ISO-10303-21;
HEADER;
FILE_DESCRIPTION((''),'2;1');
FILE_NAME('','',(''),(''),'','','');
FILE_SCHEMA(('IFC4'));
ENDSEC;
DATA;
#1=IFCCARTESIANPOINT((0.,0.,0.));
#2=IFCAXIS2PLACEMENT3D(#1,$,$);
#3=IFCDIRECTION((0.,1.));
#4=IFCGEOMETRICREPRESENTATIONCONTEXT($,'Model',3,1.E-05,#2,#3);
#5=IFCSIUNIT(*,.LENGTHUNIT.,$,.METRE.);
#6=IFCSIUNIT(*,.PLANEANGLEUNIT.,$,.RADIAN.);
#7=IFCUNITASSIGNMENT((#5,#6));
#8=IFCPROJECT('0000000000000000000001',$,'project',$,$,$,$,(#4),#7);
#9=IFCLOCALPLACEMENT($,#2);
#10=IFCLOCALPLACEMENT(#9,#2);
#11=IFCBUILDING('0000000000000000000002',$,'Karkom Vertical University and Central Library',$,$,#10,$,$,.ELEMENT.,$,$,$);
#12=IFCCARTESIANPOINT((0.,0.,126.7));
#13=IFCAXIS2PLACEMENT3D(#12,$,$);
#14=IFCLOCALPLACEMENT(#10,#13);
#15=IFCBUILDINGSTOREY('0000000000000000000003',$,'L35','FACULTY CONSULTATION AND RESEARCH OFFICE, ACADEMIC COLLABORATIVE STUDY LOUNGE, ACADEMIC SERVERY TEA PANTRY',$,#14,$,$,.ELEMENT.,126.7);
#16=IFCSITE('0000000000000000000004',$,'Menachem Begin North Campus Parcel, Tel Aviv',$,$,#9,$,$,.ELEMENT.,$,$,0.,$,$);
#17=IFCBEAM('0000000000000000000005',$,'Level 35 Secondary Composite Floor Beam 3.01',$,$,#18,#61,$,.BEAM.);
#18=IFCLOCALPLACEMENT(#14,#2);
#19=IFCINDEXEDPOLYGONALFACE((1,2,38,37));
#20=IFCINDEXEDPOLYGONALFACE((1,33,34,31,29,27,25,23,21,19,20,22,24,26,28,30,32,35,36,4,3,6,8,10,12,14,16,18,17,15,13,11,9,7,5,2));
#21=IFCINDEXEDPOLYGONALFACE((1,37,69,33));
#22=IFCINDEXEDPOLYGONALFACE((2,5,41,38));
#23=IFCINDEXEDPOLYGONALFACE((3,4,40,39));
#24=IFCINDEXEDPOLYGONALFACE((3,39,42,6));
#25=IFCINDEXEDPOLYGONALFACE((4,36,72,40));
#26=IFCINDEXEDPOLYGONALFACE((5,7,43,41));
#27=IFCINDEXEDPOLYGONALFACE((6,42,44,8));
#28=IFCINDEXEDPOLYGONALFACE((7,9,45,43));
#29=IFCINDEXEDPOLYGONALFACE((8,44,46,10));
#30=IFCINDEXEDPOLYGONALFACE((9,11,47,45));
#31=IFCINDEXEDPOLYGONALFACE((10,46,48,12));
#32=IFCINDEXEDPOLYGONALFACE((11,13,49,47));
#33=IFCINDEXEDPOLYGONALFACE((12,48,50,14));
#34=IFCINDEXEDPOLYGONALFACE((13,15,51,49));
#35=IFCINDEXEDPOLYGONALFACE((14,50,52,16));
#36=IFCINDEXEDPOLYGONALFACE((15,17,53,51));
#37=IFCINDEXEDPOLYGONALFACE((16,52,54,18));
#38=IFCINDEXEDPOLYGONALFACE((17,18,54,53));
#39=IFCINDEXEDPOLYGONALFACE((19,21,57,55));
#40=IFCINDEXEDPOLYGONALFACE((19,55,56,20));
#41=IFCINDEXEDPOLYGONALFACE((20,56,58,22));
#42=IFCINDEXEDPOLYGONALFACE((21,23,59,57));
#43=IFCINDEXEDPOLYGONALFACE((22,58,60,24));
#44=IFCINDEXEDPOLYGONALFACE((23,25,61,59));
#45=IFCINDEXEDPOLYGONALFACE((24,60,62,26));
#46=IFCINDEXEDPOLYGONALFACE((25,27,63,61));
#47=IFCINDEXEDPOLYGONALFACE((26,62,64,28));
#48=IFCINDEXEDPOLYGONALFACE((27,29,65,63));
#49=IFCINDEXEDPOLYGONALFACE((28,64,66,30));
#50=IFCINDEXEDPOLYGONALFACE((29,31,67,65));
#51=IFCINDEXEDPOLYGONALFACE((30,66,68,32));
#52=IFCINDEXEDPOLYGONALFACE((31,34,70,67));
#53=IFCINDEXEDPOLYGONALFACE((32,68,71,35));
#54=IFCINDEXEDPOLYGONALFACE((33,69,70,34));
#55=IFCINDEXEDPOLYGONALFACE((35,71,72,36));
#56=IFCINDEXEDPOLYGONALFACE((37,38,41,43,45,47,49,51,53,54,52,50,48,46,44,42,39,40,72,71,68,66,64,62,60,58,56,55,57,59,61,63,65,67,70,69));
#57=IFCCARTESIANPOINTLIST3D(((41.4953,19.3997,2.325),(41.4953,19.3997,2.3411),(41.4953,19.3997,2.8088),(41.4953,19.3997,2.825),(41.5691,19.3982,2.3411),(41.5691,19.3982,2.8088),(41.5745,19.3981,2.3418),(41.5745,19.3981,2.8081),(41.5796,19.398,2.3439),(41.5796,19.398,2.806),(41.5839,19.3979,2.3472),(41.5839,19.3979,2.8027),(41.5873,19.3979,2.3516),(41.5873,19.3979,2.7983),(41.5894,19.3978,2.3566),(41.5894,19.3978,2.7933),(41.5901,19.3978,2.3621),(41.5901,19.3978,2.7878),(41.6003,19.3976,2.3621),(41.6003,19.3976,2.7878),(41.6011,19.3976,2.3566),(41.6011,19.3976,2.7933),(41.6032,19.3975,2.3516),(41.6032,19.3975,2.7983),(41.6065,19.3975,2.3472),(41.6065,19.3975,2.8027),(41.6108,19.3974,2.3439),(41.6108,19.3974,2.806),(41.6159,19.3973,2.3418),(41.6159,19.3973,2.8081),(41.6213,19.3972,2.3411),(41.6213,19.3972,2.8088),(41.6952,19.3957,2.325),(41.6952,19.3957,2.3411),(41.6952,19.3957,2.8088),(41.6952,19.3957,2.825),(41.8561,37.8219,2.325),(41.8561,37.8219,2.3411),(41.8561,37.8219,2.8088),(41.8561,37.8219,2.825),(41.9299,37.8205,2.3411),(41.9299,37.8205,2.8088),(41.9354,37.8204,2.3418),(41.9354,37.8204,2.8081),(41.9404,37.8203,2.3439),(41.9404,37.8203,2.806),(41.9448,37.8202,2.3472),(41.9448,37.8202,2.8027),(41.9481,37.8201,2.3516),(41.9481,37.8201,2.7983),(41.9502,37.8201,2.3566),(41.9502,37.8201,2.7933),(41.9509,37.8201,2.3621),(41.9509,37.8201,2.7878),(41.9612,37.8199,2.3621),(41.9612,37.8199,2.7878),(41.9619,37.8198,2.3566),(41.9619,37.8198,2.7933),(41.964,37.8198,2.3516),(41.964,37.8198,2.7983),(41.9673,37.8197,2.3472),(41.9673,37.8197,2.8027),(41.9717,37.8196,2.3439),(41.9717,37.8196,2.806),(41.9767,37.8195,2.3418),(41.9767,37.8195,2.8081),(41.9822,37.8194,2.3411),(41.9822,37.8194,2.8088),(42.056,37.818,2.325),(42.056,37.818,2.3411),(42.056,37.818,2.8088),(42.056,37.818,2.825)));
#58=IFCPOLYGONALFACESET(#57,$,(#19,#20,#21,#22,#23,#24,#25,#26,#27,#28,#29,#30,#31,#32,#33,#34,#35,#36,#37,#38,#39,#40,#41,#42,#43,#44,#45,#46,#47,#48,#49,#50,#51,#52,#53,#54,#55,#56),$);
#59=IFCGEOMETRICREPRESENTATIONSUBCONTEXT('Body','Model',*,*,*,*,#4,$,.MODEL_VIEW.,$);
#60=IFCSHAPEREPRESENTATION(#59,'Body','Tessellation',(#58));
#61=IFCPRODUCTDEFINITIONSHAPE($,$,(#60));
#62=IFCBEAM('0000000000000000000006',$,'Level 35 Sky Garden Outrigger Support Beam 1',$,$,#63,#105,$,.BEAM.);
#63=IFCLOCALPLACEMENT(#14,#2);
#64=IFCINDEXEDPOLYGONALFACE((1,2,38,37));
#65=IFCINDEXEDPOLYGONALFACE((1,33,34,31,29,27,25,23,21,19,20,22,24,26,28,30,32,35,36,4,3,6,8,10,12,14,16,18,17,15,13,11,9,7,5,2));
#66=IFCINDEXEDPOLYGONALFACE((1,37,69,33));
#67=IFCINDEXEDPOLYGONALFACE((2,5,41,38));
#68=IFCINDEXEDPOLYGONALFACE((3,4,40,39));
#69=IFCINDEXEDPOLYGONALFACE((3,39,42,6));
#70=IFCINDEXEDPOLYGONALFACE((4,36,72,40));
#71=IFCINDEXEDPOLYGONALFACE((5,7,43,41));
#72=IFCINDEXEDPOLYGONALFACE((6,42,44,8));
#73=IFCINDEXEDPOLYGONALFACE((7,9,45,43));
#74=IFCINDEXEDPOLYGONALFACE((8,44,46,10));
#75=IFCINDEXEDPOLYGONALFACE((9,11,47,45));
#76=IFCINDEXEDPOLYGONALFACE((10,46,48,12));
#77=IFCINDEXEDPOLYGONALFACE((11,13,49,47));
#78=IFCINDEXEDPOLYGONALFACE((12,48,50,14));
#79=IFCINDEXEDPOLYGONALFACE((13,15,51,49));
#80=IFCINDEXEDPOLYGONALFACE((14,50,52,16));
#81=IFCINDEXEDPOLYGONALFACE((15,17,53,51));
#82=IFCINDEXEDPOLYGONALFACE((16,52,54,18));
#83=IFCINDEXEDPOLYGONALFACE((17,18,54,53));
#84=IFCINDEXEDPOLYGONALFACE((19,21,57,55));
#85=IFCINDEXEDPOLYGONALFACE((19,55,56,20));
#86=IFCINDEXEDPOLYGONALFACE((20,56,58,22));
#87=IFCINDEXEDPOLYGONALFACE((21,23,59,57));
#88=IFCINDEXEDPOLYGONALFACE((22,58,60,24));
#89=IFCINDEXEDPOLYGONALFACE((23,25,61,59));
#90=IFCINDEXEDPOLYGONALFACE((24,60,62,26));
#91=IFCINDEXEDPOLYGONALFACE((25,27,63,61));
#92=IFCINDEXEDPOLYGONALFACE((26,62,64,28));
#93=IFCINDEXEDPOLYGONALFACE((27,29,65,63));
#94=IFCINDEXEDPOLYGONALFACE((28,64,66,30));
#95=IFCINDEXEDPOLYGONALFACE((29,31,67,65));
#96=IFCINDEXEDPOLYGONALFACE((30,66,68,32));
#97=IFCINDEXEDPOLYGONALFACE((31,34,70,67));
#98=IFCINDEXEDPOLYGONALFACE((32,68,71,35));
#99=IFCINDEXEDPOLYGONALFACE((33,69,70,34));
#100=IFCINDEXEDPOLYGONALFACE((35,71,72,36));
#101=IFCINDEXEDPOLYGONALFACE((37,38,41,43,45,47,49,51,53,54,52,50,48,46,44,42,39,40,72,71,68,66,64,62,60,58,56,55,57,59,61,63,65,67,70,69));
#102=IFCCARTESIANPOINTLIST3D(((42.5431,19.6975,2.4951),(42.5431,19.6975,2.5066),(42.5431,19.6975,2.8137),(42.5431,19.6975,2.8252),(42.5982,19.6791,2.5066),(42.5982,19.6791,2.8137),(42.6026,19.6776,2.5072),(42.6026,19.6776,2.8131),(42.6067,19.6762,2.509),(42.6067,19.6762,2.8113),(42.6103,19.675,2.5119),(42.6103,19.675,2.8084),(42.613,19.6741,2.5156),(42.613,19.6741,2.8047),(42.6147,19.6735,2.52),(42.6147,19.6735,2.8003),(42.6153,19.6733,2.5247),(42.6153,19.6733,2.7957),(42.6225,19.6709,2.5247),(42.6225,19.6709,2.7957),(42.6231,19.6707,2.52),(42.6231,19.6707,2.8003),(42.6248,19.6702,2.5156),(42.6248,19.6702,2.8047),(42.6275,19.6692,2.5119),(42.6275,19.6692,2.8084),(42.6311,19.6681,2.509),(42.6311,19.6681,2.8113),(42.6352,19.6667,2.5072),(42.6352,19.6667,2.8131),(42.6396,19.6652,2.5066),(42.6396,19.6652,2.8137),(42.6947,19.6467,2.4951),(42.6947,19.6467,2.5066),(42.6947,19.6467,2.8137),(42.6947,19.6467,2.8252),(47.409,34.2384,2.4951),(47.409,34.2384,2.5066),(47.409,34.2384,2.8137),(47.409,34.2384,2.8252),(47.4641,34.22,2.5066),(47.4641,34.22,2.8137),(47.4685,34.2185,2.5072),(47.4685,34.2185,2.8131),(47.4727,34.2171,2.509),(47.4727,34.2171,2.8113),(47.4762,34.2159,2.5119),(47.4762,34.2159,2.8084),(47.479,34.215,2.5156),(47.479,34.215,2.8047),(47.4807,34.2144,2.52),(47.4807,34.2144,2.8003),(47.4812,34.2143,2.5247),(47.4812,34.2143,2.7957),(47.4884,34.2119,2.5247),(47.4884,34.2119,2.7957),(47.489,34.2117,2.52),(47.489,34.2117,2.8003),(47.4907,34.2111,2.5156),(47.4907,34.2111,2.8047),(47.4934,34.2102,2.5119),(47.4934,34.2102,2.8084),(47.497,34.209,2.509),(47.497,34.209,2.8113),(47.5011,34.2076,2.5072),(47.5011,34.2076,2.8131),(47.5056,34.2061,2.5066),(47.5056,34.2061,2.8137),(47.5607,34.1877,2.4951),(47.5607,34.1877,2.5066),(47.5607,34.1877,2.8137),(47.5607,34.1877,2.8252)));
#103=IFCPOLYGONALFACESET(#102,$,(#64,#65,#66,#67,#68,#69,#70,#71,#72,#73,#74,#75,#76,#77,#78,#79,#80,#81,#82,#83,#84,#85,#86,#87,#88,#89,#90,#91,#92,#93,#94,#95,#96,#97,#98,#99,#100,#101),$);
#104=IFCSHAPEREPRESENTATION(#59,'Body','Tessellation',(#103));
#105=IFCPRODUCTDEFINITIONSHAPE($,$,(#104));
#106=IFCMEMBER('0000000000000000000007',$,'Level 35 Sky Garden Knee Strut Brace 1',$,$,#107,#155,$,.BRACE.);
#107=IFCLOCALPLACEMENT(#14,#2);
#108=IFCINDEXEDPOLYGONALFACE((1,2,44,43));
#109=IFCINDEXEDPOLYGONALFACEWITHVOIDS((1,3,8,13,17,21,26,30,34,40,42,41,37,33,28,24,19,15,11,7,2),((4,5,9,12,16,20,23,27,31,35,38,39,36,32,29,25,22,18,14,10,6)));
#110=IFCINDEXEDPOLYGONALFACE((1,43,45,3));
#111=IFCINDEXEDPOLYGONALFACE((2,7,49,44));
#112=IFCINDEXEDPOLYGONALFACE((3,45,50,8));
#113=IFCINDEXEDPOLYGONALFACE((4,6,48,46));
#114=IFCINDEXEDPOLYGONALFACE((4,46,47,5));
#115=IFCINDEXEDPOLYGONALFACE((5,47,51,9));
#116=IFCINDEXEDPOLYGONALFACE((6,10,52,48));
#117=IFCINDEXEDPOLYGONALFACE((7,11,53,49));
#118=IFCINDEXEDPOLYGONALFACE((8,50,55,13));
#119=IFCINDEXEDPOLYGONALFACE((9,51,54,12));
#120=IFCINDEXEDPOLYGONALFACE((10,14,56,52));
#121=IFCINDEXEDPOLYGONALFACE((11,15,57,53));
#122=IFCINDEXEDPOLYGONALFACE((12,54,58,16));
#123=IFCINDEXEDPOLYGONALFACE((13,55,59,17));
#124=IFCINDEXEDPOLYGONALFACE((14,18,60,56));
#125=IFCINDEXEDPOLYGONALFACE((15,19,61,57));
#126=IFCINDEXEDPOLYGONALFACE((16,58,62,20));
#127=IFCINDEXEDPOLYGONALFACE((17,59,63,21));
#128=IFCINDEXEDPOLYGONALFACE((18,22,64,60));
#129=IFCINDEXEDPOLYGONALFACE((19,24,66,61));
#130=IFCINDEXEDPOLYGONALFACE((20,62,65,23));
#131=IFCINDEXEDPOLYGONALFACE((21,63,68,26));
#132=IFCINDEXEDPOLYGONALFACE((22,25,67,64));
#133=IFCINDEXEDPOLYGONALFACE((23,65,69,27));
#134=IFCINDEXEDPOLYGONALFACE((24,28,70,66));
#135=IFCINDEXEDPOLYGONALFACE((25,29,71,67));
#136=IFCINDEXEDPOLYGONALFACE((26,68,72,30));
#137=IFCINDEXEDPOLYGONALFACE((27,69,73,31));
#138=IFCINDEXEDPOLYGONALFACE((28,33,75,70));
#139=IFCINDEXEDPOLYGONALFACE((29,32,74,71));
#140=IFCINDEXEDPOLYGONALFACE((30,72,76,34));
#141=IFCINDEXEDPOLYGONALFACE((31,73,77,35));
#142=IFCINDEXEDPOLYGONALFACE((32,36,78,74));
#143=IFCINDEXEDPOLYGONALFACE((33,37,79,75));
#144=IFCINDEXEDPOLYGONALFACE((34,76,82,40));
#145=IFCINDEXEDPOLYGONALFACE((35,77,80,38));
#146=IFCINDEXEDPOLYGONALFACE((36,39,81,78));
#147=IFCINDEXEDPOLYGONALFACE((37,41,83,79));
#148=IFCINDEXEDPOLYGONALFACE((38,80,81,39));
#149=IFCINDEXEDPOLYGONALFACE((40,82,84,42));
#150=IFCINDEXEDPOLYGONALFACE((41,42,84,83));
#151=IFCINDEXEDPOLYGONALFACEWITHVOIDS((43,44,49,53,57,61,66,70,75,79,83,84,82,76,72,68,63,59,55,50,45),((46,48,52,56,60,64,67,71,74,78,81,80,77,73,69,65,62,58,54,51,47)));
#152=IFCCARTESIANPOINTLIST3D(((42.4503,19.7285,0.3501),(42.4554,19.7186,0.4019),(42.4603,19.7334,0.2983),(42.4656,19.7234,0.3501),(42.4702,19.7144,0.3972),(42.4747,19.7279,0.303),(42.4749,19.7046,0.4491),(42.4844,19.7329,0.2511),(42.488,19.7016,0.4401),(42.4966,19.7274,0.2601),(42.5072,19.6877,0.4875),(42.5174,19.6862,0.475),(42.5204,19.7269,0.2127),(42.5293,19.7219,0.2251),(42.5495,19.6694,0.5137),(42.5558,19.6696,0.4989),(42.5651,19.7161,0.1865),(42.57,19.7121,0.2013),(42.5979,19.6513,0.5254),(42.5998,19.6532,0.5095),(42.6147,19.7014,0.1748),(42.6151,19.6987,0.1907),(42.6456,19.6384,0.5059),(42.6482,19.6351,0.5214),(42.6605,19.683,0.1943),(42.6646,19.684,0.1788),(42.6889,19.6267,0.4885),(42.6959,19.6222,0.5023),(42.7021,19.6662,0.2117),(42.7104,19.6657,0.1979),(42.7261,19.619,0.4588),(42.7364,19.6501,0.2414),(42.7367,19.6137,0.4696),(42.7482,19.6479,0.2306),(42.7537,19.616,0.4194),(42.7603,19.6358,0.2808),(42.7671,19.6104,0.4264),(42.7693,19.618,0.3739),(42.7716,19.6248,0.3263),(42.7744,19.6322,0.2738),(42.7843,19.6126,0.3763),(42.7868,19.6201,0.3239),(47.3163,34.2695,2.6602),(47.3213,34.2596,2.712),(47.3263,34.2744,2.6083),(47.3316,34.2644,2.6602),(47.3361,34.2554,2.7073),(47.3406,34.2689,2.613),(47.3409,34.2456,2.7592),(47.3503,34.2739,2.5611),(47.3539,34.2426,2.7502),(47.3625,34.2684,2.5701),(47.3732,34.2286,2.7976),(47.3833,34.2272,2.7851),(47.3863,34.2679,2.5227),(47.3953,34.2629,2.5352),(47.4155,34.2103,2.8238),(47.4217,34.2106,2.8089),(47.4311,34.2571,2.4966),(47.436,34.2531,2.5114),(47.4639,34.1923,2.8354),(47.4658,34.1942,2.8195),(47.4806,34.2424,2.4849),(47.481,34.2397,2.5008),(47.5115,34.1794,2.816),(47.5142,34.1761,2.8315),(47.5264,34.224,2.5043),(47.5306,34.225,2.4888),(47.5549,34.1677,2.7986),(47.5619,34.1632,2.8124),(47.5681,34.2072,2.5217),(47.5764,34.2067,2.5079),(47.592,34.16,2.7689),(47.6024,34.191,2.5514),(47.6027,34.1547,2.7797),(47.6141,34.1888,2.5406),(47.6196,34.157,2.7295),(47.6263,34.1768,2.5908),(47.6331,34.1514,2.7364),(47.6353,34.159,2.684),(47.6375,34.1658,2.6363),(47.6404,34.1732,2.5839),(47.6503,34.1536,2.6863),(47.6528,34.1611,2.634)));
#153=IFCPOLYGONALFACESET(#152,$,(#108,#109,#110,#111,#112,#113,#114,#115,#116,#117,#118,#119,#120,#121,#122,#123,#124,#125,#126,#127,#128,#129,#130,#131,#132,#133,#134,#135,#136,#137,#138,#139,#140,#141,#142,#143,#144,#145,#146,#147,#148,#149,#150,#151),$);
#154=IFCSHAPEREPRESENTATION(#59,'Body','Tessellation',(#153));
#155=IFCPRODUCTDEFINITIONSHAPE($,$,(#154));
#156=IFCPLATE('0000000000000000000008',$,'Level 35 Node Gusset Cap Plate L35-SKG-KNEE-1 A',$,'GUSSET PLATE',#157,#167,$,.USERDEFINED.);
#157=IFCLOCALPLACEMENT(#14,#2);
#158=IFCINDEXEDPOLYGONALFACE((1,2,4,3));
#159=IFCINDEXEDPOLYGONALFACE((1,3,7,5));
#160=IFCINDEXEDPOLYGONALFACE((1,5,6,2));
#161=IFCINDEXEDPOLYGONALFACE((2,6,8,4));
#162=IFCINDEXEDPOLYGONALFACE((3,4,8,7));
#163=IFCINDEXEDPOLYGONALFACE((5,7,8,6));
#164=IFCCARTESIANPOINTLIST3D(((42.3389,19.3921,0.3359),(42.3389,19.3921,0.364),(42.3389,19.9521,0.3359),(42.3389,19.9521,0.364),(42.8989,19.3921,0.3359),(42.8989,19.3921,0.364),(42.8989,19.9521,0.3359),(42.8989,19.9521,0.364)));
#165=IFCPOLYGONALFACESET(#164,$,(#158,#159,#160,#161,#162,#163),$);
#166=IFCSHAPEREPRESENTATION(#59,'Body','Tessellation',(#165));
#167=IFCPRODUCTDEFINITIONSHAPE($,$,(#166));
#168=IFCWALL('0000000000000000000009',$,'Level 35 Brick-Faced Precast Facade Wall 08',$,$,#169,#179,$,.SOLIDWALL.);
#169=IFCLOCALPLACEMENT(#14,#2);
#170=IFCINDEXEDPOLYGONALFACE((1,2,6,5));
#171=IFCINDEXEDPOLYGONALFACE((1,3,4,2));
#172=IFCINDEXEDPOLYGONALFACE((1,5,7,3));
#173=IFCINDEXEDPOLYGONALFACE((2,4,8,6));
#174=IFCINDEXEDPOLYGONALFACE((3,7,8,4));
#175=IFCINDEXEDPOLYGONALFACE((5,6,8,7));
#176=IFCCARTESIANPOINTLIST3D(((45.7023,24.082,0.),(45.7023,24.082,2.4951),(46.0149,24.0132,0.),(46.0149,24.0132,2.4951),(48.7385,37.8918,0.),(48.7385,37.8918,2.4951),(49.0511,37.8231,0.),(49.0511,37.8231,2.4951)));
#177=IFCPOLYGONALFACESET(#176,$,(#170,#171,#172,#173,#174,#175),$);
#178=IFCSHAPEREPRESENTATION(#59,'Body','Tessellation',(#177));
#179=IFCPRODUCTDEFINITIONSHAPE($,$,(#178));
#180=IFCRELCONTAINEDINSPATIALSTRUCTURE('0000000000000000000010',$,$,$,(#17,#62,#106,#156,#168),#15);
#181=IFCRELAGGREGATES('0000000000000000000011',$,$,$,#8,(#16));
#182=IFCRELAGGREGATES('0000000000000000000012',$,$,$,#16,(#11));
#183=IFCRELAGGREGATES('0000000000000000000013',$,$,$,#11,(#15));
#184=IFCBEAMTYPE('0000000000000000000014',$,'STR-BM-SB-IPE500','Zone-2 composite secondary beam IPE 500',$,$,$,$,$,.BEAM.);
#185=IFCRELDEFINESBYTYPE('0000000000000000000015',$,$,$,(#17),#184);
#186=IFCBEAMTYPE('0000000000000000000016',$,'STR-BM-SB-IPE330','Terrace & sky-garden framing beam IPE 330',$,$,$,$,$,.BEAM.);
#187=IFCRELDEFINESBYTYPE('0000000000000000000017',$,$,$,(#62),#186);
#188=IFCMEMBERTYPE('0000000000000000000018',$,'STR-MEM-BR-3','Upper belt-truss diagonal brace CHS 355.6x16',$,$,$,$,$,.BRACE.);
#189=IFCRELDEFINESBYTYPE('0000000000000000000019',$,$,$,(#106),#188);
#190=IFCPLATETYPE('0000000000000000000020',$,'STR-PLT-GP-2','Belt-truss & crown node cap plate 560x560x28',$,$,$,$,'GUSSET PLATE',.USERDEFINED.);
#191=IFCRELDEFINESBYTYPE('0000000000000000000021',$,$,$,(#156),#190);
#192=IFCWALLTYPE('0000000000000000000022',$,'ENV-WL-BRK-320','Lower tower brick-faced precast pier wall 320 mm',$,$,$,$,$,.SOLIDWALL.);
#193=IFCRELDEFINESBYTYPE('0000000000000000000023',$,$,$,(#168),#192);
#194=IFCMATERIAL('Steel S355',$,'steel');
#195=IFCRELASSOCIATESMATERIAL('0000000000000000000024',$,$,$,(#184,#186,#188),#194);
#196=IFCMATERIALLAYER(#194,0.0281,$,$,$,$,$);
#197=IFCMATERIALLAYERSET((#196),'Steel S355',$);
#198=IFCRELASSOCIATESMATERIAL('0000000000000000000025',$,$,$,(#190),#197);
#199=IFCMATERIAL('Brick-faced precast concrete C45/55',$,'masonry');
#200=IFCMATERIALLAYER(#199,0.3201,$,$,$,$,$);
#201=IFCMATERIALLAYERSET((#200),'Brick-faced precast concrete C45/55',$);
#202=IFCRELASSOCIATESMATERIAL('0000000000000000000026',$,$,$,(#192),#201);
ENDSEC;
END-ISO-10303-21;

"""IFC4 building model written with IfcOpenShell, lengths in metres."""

from ifc_helpers import new_model, si_unit, direction, frame, frame_2d, origin, origin_with_axes, origin_2d, place, context, subcontext, project, spatial, rectangle, hollow_circle, i_section, extrude, source, transform, mapped, material, layer, layer_set, material_profile, profile_set, type_object, element, save


model = new_model("IFC4")

# Units and contexts
model_context = context("Model", 3, precision=1e-05, world=origin(), true_north=direction((0.0, 1.0)))
body_context = subcontext(model_context, "Body", "Model", "MODEL_VIEW")
ifc_project = project(units=[si_unit("LENGTHUNIT", "METRE"), si_unit("PLANEANGLEUNIT", "RADIAN")], contexts=[model_context])

# Site, building, storey
site_placement = place(None, origin())
site = spatial("IfcSite", under=ifc_project, at=site_placement, Name="Menachem Begin North Campus Parcel, Tel Aviv", CompositionType="ELEMENT", RefElevation=0.0)
building_placement = place(site_placement, origin())
building = spatial("IfcBuilding", under=site, at=building_placement, Name="Karkom Vertical University and Central Library", CompositionType="ELEMENT")
storey_placement = place(building_placement, frame((0.0, 0.0, 126.7)))
storey = spatial("IfcBuildingStorey", under=building, at=storey_placement, Name="L35", Description="FACULTY CONSULTATION AND RESEARCH OFFICE, ACADEMIC COLLABORATIVE STUDY LOUNGE, ACADEMIC SERVERY TEA PANTRY", CompositionType="ELEMENT", Elevation=126.7)

# Beams
ifc_material_1 = material(Name="Steel S355", Category="steel")
ifc_material_profile_1 = material_profile(ifc_material_1, i_section(OverallWidth=0.2, OverallDepth=0.5, WebThickness=0.0103, FlangeThickness=0.0161, FilletRadius=0.021, at=origin_2d()), Name="IPE 500")
ifc_profile_set_1 = profile_set([ifc_material_profile_1], Name="Steel S355")
beam_type_1 = type_object("IfcBeamType", Name="STR-BM-SB-IPE500", Description="Zone-2 composite secondary beam IPE 500", PredefinedType="BEAM", material=ifc_profile_set_1)
shared_shape_1 = source(origin_with_axes(), body_context, "Body", "SweptSolid", [
    extrude(i_section(OverallWidth=0.2, OverallDepth=0.5, WebThickness=0.0103, FlangeThickness=0.0161, FilletRadius=0.021, at=origin_2d()), origin(), (0.0, 0.0, 1.0), 18.4258),
])
beam_1_placement = place(storey_placement, frame((41.5952, 19.3977, 2.575), z_axis=(0.019583, 0.999808, 0.0), x_axis=(-0.999808, 0.019583, 0.0)))
element("IfcBeam", 1, at=beam_1_placement, inside=storey, type_object=beam_type_1, Name="Level 35 Secondary Composite Floor Beam 3.01", PredefinedType="BEAM", context=body_context, shape_type="MappedRepresentation", body=[
    mapped(shared_shape_1, transform((0.0, 0.0, 0.0), scale=1.0)),
])
ifc_material_profile_2 = material_profile(ifc_material_1, i_section(OverallWidth=0.1599, OverallDepth=0.3301, WebThickness=0.0076, FlangeThickness=0.0115, FilletRadius=0.0181, at=origin_2d()), Name="IPE 330")
ifc_profile_set_2 = profile_set([ifc_material_profile_2], Name="Steel S355")
beam_type_2 = type_object("IfcBeamType", Name="STR-BM-SB-IPE330", Description="Terrace & sky-garden framing beam IPE 330", PredefinedType="BEAM", material=ifc_profile_set_2)
shared_shape_2 = source(origin_with_axes(), body_context, "Body", "SweptSolid", [
    extrude(i_section(OverallWidth=0.1599, OverallDepth=0.3301, WebThickness=0.0076, FlangeThickness=0.0115, FilletRadius=0.0181, at=origin_2d()), origin(), (0.0, 0.0, 1.0), 15.3335),
])
beam_2_placement = place(storey_placement, frame((42.6189, 19.6721, 2.6602), z_axis=(0.31734, 0.948312, 0.0), x_axis=(-0.948312, 0.31734, 0.0)))
element("IfcBeam", 2, at=beam_2_placement, inside=storey, type_object=beam_type_2, Name="Level 35 Sky Garden Outrigger Support Beam 1", PredefinedType="BEAM", context=body_context, shape_type="MappedRepresentation", body=[
    mapped(shared_shape_2, transform((0.0, 0.0, 0.0), scale=1.0)),
])

# Member
ifc_material_profile_3 = material_profile(ifc_material_1, hollow_circle(Radius=0.1777, WallThickness=0.0161, at=origin_2d()), Name="CHS 355.6x16")
ifc_profile_set_3 = profile_set([ifc_material_profile_3], Name="Steel S355")
member_type = type_object("IfcMemberType", Name="STR-MEM-BR-3", Description="Upper belt-truss diagonal brace CHS 355.6x16", PredefinedType="BRACE", material=ifc_profile_set_3)
shared_shape_3 = source(origin_with_axes(), body_context, "Body", "SweptSolid", [
    extrude(hollow_circle(Radius=0.1777, WallThickness=0.0161, at=origin_2d()), origin(), (0.0, 0.0, 1.0), 15.5066),
])
member_placement = place(storey_placement, frame((42.6189, 19.6721, 0.3501), z_axis=(0.313799, 0.93773, 0.148972), x_axis=(-0.948312, 0.31734, 0.0)))
element("IfcMember", 3, at=member_placement, inside=storey, type_object=member_type, Name="Level 35 Sky Garden Knee Strut Brace 1", PredefinedType="BRACE", context=body_context, shape_type="MappedRepresentation", body=[
    mapped(shared_shape_3, transform((0.0, 0.0, 0.0), scale=1.0)),
])

# Plate
ifc_layer_1 = layer(ifc_material_1, 0.0281)
ifc_layer_set_1 = layer_set([ifc_layer_1], Name="Steel S355")
plate_type = type_object("IfcPlateType", Name="STR-PLT-GP-2", Description="Belt-truss & crown node cap plate 560x560x28", ElementType="GUSSET PLATE", PredefinedType="USERDEFINED", material=ifc_layer_set_1)
shared_shape_4 = source(origin_with_axes(), body_context, "Body", "SweptSolid", [
    extrude(rectangle(XDim=0.5601, YDim=0.5601, at=origin_2d()), origin(), (0.0, 0.0, 1.0), 0.0281),
])
plate_placement = place(storey_placement, frame((42.6189, 19.6721, 0.3359), z_axis=(0.0, 0.0, 1.0), x_axis=(1.0, 0.0, 0.0)))
element("IfcPlate", 4, at=plate_placement, inside=storey, type_object=plate_type, Name="Level 35 Node Gusset Cap Plate L35-SKG-KNEE-1 A", ObjectType="GUSSET PLATE", PredefinedType="USERDEFINED", context=body_context, shape_type="MappedRepresentation", body=[
    mapped(shared_shape_4, transform((0.0, 0.0, 0.0), scale=1.0)),
])

# Wall
ifc_material_2 = material(Name="Brick-faced precast concrete C45/55", Category="masonry")
ifc_layer_2 = layer(ifc_material_2, 0.3201)
ifc_layer_set_2 = layer_set([ifc_layer_2], Name="Brick-faced precast concrete C45/55")
wall_type_1 = type_object("IfcWallType", Name="ENV-WL-BRK-320", Description="Lower tower brick-faced precast pier wall 320 mm", PredefinedType="SOLIDWALL", material=ifc_layer_set_2)
wall_1_placement = place(storey_placement, frame((45.8586, 24.0476, 0.0), z_axis=(0.0, 0.0, 1.0), x_axis=(0.214725, 0.976675, 0.0)))
element("IfcWall", 5, at=wall_1_placement, inside=storey, type_object=wall_type_1, Name="Level 35 Brick-Faced Precast Facade Wall 08", PredefinedType="SOLIDWALL", context=body_context, shape_type="SweptSolid", body=[
    extrude(rectangle(XDim=14.1396, YDim=0.3201, at=frame_2d((7.0698, 0.0))), origin(), (0.0, 0.0, 1.0), 2.4951),
])

save(model, "model.ifc")
